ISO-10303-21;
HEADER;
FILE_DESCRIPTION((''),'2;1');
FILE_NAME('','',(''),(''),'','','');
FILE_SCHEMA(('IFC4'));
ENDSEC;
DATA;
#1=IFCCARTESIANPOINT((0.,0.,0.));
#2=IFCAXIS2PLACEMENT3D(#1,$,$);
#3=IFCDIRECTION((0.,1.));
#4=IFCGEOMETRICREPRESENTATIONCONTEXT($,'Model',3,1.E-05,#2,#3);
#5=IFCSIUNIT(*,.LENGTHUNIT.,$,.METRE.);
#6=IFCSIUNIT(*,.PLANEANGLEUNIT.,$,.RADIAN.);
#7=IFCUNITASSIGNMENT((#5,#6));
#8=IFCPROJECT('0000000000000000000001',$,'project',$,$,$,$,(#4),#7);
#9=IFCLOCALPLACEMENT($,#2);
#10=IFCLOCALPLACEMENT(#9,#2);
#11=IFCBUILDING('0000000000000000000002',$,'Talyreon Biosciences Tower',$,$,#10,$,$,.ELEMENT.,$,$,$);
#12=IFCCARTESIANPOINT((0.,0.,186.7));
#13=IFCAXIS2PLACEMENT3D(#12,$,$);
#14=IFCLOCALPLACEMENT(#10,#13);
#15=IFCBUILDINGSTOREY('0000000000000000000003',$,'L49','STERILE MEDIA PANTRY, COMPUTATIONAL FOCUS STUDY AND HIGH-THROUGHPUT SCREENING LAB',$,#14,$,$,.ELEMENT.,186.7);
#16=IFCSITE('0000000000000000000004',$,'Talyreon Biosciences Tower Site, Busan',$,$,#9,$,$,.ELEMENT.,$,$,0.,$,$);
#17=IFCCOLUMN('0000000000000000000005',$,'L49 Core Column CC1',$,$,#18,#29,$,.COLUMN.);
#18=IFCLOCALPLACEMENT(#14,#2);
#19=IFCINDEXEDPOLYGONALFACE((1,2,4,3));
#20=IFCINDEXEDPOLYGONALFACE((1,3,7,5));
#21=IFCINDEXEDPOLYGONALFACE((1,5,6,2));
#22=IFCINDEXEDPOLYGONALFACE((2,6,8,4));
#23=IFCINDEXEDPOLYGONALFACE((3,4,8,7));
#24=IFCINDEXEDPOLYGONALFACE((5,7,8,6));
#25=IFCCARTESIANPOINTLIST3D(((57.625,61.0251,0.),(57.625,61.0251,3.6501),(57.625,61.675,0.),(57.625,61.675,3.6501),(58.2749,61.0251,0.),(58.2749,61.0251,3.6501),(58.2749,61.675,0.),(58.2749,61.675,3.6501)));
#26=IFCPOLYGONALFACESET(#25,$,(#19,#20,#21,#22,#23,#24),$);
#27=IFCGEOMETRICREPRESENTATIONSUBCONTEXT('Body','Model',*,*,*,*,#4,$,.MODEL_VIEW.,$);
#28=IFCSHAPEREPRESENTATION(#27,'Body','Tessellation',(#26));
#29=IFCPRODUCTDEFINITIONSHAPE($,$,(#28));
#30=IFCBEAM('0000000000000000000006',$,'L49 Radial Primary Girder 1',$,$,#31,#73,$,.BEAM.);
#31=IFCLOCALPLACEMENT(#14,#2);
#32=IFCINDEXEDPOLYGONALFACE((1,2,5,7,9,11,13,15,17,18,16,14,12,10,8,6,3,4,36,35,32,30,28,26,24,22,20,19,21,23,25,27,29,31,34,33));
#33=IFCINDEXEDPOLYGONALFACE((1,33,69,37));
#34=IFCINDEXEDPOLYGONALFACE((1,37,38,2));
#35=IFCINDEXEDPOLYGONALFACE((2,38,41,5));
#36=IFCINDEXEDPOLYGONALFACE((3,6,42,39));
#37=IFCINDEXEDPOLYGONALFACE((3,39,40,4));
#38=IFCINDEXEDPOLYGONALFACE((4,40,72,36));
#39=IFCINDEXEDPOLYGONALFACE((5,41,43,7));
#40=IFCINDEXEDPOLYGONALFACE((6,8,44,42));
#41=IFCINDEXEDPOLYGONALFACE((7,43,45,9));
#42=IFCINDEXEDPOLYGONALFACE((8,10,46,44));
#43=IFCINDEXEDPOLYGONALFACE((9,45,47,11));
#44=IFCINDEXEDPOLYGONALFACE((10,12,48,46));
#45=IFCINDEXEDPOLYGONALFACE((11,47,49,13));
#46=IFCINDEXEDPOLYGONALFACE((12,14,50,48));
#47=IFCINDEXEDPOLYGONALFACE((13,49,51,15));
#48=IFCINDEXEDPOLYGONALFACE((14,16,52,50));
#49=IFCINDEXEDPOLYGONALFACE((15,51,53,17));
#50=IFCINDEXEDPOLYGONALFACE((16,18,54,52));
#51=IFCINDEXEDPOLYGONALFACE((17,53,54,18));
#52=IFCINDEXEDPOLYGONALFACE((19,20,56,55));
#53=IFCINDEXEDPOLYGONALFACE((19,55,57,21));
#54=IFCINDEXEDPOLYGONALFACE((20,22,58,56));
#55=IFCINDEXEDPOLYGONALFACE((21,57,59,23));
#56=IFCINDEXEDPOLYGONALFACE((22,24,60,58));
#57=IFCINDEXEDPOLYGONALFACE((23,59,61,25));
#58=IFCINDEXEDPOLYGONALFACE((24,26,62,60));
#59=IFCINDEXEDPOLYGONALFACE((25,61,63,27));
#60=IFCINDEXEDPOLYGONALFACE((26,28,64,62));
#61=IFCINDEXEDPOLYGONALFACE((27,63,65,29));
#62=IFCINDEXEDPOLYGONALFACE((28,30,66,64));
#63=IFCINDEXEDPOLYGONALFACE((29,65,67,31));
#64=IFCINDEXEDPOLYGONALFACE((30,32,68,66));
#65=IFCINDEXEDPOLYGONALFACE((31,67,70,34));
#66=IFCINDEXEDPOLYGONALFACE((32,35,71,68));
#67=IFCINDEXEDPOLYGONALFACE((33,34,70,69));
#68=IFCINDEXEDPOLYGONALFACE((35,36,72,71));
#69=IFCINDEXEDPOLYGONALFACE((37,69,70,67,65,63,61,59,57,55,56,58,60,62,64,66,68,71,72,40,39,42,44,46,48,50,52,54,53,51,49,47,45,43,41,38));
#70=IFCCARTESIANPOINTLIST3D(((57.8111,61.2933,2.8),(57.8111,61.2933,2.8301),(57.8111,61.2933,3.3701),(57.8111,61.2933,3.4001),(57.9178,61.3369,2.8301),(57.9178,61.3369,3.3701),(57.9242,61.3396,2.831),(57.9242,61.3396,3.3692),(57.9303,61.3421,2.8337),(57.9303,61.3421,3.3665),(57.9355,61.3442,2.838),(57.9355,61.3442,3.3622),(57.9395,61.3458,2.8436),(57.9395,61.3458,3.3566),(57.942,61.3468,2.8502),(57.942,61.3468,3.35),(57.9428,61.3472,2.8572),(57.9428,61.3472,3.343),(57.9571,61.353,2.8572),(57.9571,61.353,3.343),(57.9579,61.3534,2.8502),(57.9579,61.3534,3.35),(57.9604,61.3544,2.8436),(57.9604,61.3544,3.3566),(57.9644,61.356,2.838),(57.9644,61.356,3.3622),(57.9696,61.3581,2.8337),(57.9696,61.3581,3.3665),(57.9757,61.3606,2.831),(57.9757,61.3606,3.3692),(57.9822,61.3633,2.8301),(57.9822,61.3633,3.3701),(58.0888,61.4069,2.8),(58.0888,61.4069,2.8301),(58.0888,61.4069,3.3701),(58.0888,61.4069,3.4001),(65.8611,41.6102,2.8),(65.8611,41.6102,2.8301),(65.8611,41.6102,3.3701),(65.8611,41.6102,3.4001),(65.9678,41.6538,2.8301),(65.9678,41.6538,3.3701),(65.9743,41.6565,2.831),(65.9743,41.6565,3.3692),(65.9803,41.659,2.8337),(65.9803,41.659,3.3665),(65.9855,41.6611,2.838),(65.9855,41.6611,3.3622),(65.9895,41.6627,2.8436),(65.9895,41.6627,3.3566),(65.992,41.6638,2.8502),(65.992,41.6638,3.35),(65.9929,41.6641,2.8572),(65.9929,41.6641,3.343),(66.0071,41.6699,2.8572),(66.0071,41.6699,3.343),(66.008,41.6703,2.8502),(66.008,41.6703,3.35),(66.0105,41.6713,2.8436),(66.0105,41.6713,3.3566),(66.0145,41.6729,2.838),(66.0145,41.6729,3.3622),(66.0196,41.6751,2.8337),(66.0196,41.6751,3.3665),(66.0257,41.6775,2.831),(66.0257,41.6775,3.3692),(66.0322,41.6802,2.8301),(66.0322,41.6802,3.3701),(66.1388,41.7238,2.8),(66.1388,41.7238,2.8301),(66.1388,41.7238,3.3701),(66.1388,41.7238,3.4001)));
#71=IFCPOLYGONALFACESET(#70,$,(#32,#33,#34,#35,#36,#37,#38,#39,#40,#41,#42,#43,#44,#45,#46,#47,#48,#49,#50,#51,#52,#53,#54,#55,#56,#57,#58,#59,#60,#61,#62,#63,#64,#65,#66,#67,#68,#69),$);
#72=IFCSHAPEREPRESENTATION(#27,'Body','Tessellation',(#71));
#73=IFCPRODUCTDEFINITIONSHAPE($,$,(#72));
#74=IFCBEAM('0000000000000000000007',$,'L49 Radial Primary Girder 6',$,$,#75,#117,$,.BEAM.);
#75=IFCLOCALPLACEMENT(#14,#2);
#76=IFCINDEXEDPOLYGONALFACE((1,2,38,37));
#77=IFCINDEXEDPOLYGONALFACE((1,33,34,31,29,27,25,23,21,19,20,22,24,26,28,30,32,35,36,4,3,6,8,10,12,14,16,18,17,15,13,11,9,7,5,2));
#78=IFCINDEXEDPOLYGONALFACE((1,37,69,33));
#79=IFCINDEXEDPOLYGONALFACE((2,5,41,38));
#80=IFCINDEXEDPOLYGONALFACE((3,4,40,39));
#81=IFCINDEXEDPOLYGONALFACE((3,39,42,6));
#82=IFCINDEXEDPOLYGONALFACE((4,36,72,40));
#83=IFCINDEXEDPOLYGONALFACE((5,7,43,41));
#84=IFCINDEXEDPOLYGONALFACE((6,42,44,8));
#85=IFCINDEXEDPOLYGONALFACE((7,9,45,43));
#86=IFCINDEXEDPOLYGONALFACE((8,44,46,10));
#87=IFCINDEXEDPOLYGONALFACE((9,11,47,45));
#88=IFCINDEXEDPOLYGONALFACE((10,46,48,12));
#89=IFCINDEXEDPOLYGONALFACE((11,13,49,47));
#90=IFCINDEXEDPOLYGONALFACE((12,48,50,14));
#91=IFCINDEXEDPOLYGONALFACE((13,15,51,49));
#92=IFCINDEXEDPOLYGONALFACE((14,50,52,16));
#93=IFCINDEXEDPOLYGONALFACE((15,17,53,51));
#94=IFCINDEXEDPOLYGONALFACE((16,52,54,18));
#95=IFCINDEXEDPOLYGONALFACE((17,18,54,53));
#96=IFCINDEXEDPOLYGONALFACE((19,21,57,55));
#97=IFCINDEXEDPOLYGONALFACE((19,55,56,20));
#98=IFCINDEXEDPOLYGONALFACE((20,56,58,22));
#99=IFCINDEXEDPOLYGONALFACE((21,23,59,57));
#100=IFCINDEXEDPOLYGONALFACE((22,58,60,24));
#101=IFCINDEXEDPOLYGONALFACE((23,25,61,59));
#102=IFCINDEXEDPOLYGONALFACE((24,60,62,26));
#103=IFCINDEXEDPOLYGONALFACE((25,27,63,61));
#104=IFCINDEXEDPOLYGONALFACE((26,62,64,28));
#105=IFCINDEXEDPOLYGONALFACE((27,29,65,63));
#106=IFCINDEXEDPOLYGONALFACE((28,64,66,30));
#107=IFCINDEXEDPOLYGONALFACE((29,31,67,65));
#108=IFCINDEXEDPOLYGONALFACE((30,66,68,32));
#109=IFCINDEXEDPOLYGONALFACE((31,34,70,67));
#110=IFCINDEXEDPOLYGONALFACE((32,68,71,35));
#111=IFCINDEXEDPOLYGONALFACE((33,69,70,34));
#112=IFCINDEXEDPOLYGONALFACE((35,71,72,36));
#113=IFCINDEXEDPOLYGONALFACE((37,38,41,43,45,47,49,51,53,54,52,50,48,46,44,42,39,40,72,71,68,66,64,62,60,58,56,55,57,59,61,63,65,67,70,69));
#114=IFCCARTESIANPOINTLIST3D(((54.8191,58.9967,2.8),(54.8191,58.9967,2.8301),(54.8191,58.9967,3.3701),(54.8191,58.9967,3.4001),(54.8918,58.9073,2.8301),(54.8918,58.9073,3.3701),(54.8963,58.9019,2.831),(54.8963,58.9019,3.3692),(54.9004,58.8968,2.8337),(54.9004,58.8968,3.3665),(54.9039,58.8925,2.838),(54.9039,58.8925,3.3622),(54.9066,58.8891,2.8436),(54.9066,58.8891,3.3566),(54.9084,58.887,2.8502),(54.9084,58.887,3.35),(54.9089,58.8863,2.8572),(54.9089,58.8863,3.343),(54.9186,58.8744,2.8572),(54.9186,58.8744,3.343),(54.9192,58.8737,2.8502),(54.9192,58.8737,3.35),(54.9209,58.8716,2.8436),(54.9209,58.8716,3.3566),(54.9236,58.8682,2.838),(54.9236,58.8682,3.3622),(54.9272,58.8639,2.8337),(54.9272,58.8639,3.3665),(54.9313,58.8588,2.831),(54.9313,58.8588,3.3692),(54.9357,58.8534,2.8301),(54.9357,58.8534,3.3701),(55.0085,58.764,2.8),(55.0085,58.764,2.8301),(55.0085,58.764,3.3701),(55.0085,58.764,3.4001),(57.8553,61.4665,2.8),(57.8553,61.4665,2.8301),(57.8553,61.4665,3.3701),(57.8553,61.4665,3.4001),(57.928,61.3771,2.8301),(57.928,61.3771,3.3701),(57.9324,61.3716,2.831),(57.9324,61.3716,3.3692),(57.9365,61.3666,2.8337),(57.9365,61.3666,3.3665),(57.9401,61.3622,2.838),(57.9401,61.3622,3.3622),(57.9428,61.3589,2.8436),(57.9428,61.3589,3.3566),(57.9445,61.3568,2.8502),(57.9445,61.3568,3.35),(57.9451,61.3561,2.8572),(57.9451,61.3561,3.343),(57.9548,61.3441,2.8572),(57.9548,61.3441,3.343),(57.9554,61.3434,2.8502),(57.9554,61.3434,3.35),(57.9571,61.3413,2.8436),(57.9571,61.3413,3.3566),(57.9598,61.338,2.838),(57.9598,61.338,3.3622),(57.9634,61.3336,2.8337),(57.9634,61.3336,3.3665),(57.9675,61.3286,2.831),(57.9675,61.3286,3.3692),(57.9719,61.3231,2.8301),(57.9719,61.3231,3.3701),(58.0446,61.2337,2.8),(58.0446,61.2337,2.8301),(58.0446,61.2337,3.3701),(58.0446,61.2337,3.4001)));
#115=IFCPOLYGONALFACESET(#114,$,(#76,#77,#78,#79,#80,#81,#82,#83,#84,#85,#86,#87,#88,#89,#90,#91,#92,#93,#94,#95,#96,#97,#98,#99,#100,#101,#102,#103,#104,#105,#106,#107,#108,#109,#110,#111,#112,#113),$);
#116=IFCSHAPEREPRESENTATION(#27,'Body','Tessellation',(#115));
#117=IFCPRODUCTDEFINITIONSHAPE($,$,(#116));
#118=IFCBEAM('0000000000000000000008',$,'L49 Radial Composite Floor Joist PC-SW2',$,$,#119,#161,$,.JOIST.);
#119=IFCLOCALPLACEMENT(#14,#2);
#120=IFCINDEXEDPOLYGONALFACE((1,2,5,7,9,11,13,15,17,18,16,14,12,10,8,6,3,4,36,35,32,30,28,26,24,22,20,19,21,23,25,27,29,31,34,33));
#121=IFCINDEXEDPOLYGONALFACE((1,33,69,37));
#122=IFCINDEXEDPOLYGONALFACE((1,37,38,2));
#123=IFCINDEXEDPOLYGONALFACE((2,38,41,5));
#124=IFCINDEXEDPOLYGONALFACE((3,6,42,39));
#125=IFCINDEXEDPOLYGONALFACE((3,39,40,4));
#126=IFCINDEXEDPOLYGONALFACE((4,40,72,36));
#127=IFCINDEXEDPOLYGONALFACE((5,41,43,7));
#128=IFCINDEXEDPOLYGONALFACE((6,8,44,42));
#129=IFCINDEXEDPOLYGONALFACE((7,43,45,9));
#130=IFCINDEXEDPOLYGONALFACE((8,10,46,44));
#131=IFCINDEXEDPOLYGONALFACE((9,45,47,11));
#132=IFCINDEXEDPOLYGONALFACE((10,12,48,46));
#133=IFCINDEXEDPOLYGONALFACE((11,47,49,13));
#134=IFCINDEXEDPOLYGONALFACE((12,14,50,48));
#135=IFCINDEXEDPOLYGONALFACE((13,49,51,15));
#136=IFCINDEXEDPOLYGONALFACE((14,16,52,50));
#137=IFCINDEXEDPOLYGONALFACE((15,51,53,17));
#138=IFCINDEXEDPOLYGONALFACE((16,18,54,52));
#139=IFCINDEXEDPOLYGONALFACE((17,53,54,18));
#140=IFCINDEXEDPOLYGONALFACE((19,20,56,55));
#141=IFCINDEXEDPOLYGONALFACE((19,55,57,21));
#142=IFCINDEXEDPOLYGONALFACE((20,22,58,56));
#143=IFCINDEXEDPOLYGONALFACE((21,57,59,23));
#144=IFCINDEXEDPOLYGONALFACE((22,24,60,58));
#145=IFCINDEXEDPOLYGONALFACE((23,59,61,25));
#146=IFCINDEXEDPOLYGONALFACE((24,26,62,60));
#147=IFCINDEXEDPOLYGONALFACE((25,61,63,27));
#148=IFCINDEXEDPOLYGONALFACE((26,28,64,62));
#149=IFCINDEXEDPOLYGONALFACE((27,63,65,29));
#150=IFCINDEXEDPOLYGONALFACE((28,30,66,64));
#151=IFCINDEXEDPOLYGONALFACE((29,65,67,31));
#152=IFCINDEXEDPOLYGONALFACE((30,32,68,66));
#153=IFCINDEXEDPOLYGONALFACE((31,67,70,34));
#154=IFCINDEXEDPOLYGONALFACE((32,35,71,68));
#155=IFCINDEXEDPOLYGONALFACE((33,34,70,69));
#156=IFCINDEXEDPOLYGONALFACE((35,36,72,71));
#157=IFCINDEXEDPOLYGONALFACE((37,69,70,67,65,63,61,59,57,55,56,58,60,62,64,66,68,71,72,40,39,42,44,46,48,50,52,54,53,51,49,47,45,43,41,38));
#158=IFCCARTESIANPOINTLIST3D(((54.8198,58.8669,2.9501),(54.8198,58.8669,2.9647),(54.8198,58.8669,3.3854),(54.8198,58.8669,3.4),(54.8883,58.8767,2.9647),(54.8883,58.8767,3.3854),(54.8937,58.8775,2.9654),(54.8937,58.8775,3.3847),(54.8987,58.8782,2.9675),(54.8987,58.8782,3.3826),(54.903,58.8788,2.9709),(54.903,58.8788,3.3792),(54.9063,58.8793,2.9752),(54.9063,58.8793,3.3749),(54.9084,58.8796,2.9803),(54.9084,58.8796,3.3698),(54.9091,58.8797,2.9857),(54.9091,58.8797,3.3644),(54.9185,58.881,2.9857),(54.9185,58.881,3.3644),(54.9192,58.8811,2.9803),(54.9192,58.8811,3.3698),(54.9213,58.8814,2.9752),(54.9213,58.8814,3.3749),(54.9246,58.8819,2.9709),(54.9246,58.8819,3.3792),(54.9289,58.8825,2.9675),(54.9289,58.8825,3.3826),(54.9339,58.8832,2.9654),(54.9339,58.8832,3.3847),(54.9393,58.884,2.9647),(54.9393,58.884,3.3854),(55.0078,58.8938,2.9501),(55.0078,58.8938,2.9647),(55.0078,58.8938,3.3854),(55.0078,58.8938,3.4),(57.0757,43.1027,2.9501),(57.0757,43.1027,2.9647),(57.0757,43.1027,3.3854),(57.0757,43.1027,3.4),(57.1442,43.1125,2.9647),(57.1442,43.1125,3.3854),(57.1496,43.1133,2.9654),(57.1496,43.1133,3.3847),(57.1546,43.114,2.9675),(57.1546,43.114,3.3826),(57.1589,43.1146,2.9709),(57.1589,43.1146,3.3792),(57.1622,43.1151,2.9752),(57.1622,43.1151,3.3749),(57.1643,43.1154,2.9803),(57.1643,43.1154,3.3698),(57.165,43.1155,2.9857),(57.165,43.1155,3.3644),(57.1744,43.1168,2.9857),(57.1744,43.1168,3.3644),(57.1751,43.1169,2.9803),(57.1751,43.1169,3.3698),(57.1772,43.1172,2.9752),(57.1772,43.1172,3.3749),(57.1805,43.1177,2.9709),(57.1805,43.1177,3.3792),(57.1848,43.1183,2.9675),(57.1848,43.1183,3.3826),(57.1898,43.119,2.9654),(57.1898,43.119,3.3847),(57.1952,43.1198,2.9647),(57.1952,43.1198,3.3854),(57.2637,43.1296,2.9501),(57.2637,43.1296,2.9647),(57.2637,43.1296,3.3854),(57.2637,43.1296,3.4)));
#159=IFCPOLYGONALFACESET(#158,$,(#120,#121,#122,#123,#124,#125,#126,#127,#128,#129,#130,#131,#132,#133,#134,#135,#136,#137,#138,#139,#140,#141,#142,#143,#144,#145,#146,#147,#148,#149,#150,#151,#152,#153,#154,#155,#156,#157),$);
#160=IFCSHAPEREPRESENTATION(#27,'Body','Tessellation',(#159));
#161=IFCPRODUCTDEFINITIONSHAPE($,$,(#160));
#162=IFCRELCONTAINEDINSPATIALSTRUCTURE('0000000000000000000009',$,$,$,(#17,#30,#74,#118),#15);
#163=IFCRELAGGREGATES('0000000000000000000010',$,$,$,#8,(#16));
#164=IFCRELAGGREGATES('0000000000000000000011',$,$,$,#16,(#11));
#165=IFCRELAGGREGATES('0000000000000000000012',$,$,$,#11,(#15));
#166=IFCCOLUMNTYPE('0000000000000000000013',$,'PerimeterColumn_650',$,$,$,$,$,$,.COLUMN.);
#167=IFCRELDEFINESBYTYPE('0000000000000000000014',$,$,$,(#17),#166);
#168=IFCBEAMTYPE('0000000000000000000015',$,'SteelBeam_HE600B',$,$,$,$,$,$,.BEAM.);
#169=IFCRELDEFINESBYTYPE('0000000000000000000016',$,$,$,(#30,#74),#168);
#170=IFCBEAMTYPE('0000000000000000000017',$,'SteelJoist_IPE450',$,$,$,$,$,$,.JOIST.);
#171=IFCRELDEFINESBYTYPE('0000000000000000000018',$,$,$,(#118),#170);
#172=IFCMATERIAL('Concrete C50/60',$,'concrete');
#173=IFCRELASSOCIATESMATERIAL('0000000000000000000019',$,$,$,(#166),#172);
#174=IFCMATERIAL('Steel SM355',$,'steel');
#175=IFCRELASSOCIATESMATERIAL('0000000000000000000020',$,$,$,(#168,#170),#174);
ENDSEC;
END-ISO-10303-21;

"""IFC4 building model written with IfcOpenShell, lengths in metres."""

from ifc_helpers import new_model, si_unit, direction, frame, origin, origin_2d, place, context, subcontext, project, spatial, rectangle, i_section, extrude, material, material_profile, profile_set, type_object, element, save


model = new_model("IFC4")

# Units and contexts
model_context = context("Model", 3, precision=1e-05, world=origin(), true_north=direction((0.0, 1.0)))
body_context = subcontext(model_context, "Body", "Model", "MODEL_VIEW")
ifc_project = project(units=[si_unit("LENGTHUNIT", "METRE"), si_unit("PLANEANGLEUNIT", "RADIAN")], contexts=[model_context])

# Site, building, storey
site_placement = place(None, origin())
site = spatial("IfcSite", under=ifc_project, at=site_placement, Name="Talyreon Biosciences Tower Site, Busan", CompositionType="ELEMENT", RefElevation=0.0)
building_placement = place(site_placement, origin())
building = spatial("IfcBuilding", under=site, at=building_placement, Name="Talyreon Biosciences Tower", CompositionType="ELEMENT")
storey_placement = place(building_placement, frame((0.0, 0.0, 186.7)))
storey = spatial("IfcBuildingStorey", under=building, at=storey_placement, Name="L49", Description="STERILE MEDIA PANTRY, COMPUTATIONAL FOCUS STUDY AND HIGH-THROUGHPUT SCREENING LAB", CompositionType="ELEMENT", Elevation=186.7)

# Column
ifc_material_1 = material(Name="Concrete C50/60", Category="concrete")
ifc_material_profile_1 = material_profile(ifc_material_1, rectangle(XDim=0.6499, YDim=0.6499, at=origin_2d()), Name="RC 650x650")
ifc_profile_set_1 = profile_set([ifc_material_profile_1], Name="Concrete C50/60")
column_type = type_object("IfcColumnType", Name="PerimeterColumn_650", PredefinedType="COLUMN", material=ifc_profile_set_1)
column_placement = place(storey_placement, frame((57.95, 61.3501, 0.0), z_axis=(0.0, 0.0, 1.0), x_axis=(1.0, 0.0, 0.0)))
element("IfcColumn", 1, at=column_placement, inside=storey, type_object=column_type, Name="L49 Core Column CC1", PredefinedType="COLUMN", context=body_context, shape_type="SweptSolid", body=[
    extrude(rectangle(XDim=0.6499, YDim=0.6499, at=origin_2d()), origin(), (0.0, 0.0, 1.0), 3.6501),
])

# Beams
ifc_material_2 = material(Name="Steel SM355", Category="steel")
ifc_material_profile_2 = material_profile(ifc_material_2, i_section(OverallWidth=0.3, OverallDepth=0.6001, WebThickness=0.0154, FlangeThickness=0.03, FilletRadius=0.0271, at=origin_2d()), Name="HE600B")
ifc_profile_set_2 = profile_set([ifc_material_profile_2], Name="Steel SM355")
beam_type_1 = type_object("IfcBeamType", Name="SteelBeam_HE600B", PredefinedType="BEAM", material=ifc_profile_set_2)
beam_1_placement = place(storey_placement, frame((57.95, 61.3501, 3.1001), z_axis=(0.378547, -0.925582, 0.0), x_axis=(0.925582, 0.378547, 0.0)))
element("IfcBeam", 2, at=beam_1_placement, inside=storey, type_object=beam_type_1, Name="L49 Radial Primary Girder 1", PredefinedType="BEAM", context=body_context, shape_type="SweptSolid", body=[
    extrude(i_section(OverallWidth=0.3, OverallDepth=0.6001, WebThickness=0.0154, FlangeThickness=0.03, FilletRadius=0.0271, at=origin_2d()), origin(), (0.0, 0.0, 1.0), 21.2656),
])
beam_2_placement = place(storey_placement, frame((57.95, 61.3501, 3.1001), z_axis=(-0.775755, -0.631034, 0.0), x_axis=(0.631034, -0.775755, 0.0)))
element("IfcBeam", 3, at=beam_2_placement, inside=storey, type_object=beam_type_1, Name="L49 Radial Primary Girder 6", PredefinedType="BEAM", context=body_context, shape_type="SweptSolid", body=[
    extrude(i_section(OverallWidth=0.3, OverallDepth=0.6001, WebThickness=0.0154, FlangeThickness=0.03, FilletRadius=0.0271, at=origin_2d()), origin(), (0.0, 0.0, 1.0), 3.9138),
])
ifc_material_profile_3 = material_profile(ifc_material_2, i_section(OverallWidth=0.1899, OverallDepth=0.45, WebThickness=0.0095, FlangeThickness=0.0146, FilletRadius=0.021, at=origin_2d()), Name="IPE450")
ifc_profile_set_3 = profile_set([ifc_material_profile_3], Name="Steel SM355")
beam_type_2 = type_object("IfcBeamType", Name="SteelJoist_IPE450", PredefinedType="JOIST", material=ifc_profile_set_3)
beam_3_placement = place(storey_placement, frame((54.9138, 58.8804, 3.175), z_axis=(0.141657, -0.989916, 0.0), x_axis=(0.989916, 0.141657, 0.0)))
element("IfcBeam", 4, at=beam_3_placement, inside=storey, type_object=beam_type_2, Name="L49 Radial Composite Floor Joist PC-SW2", PredefinedType="JOIST", context=body_context, shape_type="SweptSolid", body=[
    extrude(i_section(OverallWidth=0.1899, OverallDepth=0.45, WebThickness=0.0095, FlangeThickness=0.0146, FilletRadius=0.021, at=origin_2d()), origin(), (0.0, 0.0, 1.0), 15.9248),
])

save(model, "model.ifc")
